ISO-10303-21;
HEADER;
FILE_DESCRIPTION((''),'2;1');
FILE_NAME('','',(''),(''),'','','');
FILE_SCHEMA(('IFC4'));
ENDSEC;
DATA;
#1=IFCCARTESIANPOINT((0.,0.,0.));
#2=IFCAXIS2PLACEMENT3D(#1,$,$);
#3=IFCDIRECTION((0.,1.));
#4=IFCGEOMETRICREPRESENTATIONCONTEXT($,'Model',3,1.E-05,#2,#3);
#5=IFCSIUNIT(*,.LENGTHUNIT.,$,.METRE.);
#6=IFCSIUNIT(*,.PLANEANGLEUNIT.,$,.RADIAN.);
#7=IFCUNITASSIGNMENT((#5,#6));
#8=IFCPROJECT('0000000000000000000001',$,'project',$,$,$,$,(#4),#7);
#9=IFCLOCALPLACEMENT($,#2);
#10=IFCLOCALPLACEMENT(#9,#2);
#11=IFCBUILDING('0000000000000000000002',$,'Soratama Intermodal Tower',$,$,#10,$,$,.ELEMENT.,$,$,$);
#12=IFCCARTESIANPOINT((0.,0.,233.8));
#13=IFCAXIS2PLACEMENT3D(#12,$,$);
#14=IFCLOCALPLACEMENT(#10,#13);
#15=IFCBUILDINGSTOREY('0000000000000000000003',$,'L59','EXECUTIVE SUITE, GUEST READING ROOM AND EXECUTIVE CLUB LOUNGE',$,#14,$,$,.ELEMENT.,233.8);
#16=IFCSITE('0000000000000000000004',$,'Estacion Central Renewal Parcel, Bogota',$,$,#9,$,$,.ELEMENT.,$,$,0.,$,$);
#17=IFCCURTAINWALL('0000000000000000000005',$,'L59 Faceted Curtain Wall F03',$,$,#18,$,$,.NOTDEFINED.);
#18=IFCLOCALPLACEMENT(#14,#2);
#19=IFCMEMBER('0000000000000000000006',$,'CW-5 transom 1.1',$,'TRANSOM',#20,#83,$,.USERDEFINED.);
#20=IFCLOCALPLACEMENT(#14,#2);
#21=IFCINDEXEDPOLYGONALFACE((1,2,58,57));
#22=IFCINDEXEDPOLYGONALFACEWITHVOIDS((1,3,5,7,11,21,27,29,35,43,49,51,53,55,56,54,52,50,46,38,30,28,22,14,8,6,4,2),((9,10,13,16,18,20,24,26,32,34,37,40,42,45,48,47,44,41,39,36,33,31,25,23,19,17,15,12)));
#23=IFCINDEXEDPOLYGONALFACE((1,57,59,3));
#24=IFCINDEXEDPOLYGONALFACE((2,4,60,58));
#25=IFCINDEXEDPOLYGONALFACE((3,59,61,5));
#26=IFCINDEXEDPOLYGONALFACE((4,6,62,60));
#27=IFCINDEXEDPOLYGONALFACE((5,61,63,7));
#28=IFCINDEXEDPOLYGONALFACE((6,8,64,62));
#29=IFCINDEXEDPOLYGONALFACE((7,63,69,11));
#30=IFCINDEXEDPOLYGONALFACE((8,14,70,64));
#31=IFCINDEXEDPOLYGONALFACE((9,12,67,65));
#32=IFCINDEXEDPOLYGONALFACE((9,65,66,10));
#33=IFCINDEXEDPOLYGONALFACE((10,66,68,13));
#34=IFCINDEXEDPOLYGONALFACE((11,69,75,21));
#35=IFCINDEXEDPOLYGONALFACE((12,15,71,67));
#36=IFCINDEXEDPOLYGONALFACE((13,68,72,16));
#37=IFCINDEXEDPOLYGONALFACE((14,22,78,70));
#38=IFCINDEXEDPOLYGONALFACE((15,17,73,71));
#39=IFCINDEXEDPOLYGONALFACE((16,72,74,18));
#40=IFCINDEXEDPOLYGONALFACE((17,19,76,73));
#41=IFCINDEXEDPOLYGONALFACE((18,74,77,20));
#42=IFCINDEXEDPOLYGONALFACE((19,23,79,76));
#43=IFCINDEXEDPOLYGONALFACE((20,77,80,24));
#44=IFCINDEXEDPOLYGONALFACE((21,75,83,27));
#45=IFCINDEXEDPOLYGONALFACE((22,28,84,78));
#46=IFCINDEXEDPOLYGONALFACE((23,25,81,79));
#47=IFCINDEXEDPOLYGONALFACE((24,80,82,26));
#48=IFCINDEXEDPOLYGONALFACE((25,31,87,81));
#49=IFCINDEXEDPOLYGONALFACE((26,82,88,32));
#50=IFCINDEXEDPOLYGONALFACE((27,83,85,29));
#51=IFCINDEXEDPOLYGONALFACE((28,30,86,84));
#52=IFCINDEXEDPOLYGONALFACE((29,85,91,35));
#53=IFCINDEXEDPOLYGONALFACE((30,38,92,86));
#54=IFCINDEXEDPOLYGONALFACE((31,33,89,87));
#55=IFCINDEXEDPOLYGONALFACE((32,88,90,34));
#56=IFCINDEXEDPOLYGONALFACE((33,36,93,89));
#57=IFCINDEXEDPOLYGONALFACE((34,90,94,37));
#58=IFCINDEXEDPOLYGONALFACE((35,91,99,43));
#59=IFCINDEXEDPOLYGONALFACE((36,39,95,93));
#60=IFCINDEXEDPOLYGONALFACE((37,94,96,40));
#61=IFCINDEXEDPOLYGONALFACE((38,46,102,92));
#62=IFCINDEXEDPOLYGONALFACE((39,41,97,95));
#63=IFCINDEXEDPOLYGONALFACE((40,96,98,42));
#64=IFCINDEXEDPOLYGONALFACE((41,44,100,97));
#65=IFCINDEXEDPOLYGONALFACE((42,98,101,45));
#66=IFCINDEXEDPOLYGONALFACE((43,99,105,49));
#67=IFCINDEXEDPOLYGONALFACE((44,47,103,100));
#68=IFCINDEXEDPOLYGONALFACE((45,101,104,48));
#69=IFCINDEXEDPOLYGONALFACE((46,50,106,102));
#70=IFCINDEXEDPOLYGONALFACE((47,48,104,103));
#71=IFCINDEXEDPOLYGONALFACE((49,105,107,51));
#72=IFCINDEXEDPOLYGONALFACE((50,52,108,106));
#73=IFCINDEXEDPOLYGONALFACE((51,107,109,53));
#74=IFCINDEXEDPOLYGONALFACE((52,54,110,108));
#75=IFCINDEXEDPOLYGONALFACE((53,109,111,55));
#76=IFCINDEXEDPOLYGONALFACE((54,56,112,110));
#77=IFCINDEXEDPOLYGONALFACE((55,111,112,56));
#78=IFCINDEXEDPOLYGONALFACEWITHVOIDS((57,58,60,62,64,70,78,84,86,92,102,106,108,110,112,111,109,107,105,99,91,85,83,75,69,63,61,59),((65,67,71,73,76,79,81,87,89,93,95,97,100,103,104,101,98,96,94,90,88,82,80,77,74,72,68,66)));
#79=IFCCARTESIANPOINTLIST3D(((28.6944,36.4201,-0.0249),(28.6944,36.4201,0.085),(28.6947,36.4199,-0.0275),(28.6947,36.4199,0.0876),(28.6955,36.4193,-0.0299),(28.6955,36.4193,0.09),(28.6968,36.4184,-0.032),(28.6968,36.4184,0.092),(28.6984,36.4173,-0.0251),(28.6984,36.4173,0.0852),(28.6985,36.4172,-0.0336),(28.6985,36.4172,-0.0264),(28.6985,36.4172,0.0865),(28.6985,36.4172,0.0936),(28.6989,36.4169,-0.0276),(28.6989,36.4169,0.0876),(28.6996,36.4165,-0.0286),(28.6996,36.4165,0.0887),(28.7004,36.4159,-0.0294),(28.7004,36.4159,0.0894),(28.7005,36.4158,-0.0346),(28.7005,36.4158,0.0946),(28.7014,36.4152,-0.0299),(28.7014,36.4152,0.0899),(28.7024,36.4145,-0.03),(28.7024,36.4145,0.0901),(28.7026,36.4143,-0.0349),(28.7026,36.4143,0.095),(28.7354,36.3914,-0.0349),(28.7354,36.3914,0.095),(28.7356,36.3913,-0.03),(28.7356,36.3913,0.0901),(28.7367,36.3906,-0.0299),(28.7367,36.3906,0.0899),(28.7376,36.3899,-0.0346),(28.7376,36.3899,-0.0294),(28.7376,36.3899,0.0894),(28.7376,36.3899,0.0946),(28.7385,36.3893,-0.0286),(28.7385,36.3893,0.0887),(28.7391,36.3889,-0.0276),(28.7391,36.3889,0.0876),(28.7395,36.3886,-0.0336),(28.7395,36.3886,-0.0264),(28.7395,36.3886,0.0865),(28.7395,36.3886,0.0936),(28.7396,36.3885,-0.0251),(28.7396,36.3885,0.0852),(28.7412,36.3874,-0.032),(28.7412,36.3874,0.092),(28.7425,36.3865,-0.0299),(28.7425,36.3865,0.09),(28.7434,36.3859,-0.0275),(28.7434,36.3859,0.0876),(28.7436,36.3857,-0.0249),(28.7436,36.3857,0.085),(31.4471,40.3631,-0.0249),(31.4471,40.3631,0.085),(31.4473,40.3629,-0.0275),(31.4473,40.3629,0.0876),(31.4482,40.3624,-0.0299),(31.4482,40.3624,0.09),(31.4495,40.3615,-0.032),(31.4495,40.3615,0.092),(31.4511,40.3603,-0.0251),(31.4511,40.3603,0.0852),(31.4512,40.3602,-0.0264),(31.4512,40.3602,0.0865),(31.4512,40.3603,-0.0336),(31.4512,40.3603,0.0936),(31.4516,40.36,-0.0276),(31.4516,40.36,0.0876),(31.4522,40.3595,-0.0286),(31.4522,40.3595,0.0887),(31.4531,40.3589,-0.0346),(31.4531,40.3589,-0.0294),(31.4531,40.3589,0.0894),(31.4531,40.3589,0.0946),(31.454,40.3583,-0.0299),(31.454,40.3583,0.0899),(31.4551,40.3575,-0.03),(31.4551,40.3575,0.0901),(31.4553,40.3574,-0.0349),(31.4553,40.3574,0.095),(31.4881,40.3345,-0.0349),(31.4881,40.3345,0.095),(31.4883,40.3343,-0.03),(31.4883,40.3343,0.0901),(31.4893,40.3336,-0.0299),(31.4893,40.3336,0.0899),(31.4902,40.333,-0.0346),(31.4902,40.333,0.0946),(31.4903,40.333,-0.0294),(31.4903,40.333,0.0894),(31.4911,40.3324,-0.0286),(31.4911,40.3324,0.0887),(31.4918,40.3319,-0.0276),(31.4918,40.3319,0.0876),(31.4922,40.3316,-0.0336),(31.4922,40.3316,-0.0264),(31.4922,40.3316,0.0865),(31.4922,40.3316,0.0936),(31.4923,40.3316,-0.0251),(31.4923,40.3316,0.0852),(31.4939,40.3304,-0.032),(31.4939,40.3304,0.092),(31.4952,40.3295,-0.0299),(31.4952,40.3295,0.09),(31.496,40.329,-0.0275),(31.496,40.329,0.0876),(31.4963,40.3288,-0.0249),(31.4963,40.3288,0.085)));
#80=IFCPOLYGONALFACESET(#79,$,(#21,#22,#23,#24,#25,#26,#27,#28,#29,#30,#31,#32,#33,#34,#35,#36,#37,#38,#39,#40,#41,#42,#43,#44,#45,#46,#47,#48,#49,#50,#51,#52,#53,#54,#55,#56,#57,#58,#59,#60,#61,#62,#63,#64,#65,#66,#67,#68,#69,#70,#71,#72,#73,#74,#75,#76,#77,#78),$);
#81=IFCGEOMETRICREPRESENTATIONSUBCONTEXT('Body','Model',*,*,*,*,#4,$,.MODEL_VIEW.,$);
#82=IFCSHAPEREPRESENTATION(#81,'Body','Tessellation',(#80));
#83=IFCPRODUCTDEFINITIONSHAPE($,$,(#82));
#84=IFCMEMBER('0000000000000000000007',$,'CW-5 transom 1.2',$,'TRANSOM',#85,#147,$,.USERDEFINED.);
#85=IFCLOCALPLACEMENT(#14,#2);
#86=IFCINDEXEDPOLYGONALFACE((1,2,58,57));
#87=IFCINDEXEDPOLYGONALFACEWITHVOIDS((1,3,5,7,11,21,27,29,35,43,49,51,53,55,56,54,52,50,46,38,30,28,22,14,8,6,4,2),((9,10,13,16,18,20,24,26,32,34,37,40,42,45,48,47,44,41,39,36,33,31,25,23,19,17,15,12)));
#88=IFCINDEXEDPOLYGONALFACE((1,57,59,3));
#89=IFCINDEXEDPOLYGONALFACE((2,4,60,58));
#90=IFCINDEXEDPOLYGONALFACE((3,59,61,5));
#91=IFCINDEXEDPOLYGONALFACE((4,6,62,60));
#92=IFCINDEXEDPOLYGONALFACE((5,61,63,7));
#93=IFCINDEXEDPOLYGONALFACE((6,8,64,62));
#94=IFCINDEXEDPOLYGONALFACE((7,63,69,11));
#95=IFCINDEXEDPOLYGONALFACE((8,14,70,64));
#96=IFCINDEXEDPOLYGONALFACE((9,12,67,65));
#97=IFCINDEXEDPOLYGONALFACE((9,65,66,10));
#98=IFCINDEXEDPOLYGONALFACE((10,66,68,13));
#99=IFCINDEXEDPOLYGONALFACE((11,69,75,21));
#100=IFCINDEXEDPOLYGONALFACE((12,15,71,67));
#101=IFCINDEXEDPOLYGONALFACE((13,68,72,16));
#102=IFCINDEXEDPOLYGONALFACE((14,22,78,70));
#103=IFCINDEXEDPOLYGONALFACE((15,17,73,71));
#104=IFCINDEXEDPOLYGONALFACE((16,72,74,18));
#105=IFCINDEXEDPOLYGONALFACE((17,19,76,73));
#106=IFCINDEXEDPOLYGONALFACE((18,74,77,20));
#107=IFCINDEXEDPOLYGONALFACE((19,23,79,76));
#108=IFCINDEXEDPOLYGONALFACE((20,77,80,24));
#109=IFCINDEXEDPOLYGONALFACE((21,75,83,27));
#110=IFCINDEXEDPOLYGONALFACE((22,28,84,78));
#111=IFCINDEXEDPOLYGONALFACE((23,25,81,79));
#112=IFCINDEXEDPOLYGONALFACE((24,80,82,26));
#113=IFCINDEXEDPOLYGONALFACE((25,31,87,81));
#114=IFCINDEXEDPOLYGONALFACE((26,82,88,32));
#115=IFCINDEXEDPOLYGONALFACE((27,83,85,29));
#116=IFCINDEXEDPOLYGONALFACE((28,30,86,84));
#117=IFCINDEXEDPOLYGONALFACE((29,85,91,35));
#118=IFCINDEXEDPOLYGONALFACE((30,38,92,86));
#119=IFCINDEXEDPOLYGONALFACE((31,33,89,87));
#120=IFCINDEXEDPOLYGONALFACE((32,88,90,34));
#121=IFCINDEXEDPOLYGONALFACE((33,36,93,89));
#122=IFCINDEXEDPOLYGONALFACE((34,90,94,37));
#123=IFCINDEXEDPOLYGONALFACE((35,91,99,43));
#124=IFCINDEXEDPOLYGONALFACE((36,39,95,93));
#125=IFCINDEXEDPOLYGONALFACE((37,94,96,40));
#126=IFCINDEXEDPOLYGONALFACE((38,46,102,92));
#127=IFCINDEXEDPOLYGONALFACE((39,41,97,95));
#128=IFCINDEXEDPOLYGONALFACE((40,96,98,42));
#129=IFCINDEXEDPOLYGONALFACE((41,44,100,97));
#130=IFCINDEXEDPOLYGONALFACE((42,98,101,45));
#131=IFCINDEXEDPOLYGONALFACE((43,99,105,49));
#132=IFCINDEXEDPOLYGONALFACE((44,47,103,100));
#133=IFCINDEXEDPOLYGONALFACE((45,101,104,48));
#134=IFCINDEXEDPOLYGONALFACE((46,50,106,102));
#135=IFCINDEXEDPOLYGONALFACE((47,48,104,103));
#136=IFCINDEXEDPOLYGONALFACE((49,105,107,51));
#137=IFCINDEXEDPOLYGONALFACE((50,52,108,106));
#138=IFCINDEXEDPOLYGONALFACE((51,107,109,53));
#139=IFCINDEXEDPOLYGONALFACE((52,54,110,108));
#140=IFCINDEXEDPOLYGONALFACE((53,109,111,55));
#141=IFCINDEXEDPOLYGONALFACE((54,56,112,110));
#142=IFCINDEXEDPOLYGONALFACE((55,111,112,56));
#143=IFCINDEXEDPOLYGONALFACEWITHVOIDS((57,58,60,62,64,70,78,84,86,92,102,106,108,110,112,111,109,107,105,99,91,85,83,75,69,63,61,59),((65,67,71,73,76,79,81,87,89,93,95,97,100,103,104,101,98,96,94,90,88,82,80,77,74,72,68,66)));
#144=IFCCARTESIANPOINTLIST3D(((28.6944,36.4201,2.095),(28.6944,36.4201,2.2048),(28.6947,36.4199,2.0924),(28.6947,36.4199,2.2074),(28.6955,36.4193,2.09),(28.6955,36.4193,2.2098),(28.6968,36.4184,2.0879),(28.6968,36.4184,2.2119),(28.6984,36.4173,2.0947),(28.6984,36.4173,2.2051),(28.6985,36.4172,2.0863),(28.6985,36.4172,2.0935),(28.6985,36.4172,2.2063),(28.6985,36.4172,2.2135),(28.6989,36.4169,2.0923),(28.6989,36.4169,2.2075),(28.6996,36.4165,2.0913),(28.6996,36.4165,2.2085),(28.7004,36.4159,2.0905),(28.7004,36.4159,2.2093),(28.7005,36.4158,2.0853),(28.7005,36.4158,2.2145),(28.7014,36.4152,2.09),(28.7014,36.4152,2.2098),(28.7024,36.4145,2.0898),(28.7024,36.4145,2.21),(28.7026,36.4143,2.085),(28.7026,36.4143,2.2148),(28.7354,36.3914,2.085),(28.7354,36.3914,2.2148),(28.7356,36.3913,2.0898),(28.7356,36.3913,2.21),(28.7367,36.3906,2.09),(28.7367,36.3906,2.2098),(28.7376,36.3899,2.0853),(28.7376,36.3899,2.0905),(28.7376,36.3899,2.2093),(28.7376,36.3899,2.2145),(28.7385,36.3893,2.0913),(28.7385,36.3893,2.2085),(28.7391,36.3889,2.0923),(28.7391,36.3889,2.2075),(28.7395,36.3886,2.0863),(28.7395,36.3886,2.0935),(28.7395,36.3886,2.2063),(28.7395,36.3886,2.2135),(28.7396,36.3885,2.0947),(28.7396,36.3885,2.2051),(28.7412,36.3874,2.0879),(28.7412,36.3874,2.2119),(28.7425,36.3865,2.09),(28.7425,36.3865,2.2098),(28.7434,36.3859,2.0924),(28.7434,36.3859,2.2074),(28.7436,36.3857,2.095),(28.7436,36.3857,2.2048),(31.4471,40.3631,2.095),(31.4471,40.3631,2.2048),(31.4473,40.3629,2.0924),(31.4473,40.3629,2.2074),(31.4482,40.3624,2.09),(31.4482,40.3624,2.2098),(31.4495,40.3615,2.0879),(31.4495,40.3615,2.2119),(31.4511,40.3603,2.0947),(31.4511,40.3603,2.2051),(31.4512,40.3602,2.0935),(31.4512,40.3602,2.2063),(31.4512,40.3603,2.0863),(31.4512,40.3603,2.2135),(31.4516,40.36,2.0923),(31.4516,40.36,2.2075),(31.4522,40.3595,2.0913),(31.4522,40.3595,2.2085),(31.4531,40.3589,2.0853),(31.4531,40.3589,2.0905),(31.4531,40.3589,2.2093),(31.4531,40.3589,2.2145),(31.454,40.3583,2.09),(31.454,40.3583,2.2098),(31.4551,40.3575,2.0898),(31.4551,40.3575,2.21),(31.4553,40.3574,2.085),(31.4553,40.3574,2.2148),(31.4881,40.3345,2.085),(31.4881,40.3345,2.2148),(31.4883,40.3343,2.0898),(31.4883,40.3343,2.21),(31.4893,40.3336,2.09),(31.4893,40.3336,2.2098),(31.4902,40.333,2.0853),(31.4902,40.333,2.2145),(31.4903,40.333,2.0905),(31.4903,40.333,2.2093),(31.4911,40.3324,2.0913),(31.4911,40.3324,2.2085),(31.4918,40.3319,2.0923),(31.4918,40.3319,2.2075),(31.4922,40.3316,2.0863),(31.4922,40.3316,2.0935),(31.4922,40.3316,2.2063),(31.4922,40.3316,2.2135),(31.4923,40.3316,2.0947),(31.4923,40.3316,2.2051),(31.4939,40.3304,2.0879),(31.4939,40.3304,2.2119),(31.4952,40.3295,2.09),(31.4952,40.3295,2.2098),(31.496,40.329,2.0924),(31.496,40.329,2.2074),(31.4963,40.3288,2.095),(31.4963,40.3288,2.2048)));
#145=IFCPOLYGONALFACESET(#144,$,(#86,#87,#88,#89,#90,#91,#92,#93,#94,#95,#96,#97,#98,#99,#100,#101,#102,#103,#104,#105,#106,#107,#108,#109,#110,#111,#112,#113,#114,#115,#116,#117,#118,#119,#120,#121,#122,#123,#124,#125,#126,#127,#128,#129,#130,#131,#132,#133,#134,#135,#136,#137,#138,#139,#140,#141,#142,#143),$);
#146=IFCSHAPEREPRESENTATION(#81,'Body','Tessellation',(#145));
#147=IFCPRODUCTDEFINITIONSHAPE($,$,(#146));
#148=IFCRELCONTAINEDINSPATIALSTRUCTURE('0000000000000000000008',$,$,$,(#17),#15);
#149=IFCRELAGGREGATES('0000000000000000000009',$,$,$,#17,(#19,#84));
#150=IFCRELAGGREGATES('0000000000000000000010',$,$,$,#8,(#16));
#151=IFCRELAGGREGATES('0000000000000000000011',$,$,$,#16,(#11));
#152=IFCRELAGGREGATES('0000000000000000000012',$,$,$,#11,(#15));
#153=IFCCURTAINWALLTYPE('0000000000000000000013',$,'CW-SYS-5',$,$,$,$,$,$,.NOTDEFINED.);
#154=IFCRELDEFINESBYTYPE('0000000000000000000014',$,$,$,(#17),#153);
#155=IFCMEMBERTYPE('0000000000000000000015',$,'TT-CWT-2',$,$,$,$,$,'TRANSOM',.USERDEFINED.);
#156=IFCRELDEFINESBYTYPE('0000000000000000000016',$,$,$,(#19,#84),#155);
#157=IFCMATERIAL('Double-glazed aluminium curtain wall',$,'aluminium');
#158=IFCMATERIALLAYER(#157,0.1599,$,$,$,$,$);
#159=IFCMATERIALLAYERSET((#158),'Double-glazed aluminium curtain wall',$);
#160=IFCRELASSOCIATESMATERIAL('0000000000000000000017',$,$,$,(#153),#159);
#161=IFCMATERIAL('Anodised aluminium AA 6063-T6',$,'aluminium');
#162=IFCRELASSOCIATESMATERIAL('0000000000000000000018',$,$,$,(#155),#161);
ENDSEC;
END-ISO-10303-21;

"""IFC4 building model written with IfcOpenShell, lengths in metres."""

from ifc_helpers import new_model, si_unit, direction, frame, origin, origin_2d, place, context, subcontext, project, spatial, hollow_rectangle, extrude, material, layer, layer_set, material_profile, profile_set, type_object, element, aggregate, save


model = new_model("IFC4")

# Units and contexts
model_context = context("Model", 3, precision=1e-05, world=origin(), true_north=direction((0.0, 1.0)))
body_context = subcontext(model_context, "Body", "Model", "MODEL_VIEW")
ifc_project = project(units=[si_unit("LENGTHUNIT", "METRE"), si_unit("PLANEANGLEUNIT", "RADIAN")], contexts=[model_context])

# Site, building, storey
site_placement = place(None, origin())
site = spatial("IfcSite", under=ifc_project, at=site_placement, Name="Estacion Central Renewal Parcel, Bogota", CompositionType="ELEMENT", RefElevation=0.0)
building_placement = place(site_placement, origin())
building = spatial("IfcBuilding", under=site, at=building_placement, Name="Soratama Intermodal Tower", CompositionType="ELEMENT")
storey_placement = place(building_placement, frame((0.0, 0.0, 233.8)))
storey = spatial("IfcBuildingStorey", under=building, at=storey_placement, Name="L59", Description="EXECUTIVE SUITE, GUEST READING ROOM AND EXECUTIVE CLUB LOUNGE", CompositionType="ELEMENT", Elevation=233.8)

# Curtain wall, members
ifc_material_1 = material(Name="Double-glazed aluminium curtain wall", Category="aluminium")
ifc_layer_1 = layer(ifc_material_1, 0.1599)
ifc_layer_set_1 = layer_set([ifc_layer_1], Name="Double-glazed aluminium curtain wall")
curtain_wall_type = type_object("IfcCurtainWallType", Name="CW-SYS-5", PredefinedType="NOTDEFINED", material=ifc_layer_set_1)
curtain_wall_placement = place(storey_placement, origin())
curtain_wall = element("IfcCurtainWall", 1, at=curtain_wall_placement, inside=storey, type_object=curtain_wall_type, Name="L59 Faceted Curtain Wall F03", PredefinedType="NOTDEFINED")
ifc_material_2 = material(Name="Anodised aluminium AA 6063-T6", Category="aluminium")
ifc_material_profile_1 = material_profile(ifc_material_2, hollow_rectangle(XDim=0.0601, YDim=0.1299, WallThickness=0.0049, InnerFilletRadius=0.0049, OuterFilletRadius=0.01, at=origin_2d()), Name="CWT130X60X5")
ifc_profile_set_1 = profile_set([ifc_material_profile_1], Name="Anodised aluminium AA 6063-T6")
member_type_1 = type_object("IfcMemberType", Name="TT-CWT-2", ElementType="TRANSOM", PredefinedType="USERDEFINED", material=ifc_profile_set_1)
member_1_placement = place(storey_placement, frame((31.4717, 40.3459, 0.03), z_axis=(-0.572416, -0.819963, 0.0), x_axis=(0.819963, -0.572416, 0.0)))
member_1 = element("IfcMember", 2, at=member_1_placement, type_object=member_type_1, Name="CW-5 transom 1.1", ObjectType="TRANSOM", PredefinedType="USERDEFINED", context=body_context, shape_type="SweptSolid", body=[
    extrude(hollow_rectangle(XDim=0.0601, YDim=0.1299, WallThickness=0.0049, InnerFilletRadius=0.0049, OuterFilletRadius=0.01, at=origin_2d()), origin(), (0.0, 0.0, 1.0), 4.8088),
])
member_2_placement = place(storey_placement, frame((31.4717, 40.3459, 2.1499), z_axis=(-0.572416, -0.819963, 0.0), x_axis=(0.819963, -0.572416, 0.0)))
member_2 = element("IfcMember", 3, at=member_2_placement, type_object=member_type_1, Name="CW-5 transom 1.2", ObjectType="TRANSOM", PredefinedType="USERDEFINED", context=body_context, shape_type="SweptSolid", body=[
    extrude(hollow_rectangle(XDim=0.0601, YDim=0.1299, WallThickness=0.0049, InnerFilletRadius=0.0049, OuterFilletRadius=0.01, at=origin_2d()), origin(), (0.0, 0.0, 1.0), 4.8088),
])
aggregate(curtain_wall, [member_1, member_2])

save(model, "model.ifc")
